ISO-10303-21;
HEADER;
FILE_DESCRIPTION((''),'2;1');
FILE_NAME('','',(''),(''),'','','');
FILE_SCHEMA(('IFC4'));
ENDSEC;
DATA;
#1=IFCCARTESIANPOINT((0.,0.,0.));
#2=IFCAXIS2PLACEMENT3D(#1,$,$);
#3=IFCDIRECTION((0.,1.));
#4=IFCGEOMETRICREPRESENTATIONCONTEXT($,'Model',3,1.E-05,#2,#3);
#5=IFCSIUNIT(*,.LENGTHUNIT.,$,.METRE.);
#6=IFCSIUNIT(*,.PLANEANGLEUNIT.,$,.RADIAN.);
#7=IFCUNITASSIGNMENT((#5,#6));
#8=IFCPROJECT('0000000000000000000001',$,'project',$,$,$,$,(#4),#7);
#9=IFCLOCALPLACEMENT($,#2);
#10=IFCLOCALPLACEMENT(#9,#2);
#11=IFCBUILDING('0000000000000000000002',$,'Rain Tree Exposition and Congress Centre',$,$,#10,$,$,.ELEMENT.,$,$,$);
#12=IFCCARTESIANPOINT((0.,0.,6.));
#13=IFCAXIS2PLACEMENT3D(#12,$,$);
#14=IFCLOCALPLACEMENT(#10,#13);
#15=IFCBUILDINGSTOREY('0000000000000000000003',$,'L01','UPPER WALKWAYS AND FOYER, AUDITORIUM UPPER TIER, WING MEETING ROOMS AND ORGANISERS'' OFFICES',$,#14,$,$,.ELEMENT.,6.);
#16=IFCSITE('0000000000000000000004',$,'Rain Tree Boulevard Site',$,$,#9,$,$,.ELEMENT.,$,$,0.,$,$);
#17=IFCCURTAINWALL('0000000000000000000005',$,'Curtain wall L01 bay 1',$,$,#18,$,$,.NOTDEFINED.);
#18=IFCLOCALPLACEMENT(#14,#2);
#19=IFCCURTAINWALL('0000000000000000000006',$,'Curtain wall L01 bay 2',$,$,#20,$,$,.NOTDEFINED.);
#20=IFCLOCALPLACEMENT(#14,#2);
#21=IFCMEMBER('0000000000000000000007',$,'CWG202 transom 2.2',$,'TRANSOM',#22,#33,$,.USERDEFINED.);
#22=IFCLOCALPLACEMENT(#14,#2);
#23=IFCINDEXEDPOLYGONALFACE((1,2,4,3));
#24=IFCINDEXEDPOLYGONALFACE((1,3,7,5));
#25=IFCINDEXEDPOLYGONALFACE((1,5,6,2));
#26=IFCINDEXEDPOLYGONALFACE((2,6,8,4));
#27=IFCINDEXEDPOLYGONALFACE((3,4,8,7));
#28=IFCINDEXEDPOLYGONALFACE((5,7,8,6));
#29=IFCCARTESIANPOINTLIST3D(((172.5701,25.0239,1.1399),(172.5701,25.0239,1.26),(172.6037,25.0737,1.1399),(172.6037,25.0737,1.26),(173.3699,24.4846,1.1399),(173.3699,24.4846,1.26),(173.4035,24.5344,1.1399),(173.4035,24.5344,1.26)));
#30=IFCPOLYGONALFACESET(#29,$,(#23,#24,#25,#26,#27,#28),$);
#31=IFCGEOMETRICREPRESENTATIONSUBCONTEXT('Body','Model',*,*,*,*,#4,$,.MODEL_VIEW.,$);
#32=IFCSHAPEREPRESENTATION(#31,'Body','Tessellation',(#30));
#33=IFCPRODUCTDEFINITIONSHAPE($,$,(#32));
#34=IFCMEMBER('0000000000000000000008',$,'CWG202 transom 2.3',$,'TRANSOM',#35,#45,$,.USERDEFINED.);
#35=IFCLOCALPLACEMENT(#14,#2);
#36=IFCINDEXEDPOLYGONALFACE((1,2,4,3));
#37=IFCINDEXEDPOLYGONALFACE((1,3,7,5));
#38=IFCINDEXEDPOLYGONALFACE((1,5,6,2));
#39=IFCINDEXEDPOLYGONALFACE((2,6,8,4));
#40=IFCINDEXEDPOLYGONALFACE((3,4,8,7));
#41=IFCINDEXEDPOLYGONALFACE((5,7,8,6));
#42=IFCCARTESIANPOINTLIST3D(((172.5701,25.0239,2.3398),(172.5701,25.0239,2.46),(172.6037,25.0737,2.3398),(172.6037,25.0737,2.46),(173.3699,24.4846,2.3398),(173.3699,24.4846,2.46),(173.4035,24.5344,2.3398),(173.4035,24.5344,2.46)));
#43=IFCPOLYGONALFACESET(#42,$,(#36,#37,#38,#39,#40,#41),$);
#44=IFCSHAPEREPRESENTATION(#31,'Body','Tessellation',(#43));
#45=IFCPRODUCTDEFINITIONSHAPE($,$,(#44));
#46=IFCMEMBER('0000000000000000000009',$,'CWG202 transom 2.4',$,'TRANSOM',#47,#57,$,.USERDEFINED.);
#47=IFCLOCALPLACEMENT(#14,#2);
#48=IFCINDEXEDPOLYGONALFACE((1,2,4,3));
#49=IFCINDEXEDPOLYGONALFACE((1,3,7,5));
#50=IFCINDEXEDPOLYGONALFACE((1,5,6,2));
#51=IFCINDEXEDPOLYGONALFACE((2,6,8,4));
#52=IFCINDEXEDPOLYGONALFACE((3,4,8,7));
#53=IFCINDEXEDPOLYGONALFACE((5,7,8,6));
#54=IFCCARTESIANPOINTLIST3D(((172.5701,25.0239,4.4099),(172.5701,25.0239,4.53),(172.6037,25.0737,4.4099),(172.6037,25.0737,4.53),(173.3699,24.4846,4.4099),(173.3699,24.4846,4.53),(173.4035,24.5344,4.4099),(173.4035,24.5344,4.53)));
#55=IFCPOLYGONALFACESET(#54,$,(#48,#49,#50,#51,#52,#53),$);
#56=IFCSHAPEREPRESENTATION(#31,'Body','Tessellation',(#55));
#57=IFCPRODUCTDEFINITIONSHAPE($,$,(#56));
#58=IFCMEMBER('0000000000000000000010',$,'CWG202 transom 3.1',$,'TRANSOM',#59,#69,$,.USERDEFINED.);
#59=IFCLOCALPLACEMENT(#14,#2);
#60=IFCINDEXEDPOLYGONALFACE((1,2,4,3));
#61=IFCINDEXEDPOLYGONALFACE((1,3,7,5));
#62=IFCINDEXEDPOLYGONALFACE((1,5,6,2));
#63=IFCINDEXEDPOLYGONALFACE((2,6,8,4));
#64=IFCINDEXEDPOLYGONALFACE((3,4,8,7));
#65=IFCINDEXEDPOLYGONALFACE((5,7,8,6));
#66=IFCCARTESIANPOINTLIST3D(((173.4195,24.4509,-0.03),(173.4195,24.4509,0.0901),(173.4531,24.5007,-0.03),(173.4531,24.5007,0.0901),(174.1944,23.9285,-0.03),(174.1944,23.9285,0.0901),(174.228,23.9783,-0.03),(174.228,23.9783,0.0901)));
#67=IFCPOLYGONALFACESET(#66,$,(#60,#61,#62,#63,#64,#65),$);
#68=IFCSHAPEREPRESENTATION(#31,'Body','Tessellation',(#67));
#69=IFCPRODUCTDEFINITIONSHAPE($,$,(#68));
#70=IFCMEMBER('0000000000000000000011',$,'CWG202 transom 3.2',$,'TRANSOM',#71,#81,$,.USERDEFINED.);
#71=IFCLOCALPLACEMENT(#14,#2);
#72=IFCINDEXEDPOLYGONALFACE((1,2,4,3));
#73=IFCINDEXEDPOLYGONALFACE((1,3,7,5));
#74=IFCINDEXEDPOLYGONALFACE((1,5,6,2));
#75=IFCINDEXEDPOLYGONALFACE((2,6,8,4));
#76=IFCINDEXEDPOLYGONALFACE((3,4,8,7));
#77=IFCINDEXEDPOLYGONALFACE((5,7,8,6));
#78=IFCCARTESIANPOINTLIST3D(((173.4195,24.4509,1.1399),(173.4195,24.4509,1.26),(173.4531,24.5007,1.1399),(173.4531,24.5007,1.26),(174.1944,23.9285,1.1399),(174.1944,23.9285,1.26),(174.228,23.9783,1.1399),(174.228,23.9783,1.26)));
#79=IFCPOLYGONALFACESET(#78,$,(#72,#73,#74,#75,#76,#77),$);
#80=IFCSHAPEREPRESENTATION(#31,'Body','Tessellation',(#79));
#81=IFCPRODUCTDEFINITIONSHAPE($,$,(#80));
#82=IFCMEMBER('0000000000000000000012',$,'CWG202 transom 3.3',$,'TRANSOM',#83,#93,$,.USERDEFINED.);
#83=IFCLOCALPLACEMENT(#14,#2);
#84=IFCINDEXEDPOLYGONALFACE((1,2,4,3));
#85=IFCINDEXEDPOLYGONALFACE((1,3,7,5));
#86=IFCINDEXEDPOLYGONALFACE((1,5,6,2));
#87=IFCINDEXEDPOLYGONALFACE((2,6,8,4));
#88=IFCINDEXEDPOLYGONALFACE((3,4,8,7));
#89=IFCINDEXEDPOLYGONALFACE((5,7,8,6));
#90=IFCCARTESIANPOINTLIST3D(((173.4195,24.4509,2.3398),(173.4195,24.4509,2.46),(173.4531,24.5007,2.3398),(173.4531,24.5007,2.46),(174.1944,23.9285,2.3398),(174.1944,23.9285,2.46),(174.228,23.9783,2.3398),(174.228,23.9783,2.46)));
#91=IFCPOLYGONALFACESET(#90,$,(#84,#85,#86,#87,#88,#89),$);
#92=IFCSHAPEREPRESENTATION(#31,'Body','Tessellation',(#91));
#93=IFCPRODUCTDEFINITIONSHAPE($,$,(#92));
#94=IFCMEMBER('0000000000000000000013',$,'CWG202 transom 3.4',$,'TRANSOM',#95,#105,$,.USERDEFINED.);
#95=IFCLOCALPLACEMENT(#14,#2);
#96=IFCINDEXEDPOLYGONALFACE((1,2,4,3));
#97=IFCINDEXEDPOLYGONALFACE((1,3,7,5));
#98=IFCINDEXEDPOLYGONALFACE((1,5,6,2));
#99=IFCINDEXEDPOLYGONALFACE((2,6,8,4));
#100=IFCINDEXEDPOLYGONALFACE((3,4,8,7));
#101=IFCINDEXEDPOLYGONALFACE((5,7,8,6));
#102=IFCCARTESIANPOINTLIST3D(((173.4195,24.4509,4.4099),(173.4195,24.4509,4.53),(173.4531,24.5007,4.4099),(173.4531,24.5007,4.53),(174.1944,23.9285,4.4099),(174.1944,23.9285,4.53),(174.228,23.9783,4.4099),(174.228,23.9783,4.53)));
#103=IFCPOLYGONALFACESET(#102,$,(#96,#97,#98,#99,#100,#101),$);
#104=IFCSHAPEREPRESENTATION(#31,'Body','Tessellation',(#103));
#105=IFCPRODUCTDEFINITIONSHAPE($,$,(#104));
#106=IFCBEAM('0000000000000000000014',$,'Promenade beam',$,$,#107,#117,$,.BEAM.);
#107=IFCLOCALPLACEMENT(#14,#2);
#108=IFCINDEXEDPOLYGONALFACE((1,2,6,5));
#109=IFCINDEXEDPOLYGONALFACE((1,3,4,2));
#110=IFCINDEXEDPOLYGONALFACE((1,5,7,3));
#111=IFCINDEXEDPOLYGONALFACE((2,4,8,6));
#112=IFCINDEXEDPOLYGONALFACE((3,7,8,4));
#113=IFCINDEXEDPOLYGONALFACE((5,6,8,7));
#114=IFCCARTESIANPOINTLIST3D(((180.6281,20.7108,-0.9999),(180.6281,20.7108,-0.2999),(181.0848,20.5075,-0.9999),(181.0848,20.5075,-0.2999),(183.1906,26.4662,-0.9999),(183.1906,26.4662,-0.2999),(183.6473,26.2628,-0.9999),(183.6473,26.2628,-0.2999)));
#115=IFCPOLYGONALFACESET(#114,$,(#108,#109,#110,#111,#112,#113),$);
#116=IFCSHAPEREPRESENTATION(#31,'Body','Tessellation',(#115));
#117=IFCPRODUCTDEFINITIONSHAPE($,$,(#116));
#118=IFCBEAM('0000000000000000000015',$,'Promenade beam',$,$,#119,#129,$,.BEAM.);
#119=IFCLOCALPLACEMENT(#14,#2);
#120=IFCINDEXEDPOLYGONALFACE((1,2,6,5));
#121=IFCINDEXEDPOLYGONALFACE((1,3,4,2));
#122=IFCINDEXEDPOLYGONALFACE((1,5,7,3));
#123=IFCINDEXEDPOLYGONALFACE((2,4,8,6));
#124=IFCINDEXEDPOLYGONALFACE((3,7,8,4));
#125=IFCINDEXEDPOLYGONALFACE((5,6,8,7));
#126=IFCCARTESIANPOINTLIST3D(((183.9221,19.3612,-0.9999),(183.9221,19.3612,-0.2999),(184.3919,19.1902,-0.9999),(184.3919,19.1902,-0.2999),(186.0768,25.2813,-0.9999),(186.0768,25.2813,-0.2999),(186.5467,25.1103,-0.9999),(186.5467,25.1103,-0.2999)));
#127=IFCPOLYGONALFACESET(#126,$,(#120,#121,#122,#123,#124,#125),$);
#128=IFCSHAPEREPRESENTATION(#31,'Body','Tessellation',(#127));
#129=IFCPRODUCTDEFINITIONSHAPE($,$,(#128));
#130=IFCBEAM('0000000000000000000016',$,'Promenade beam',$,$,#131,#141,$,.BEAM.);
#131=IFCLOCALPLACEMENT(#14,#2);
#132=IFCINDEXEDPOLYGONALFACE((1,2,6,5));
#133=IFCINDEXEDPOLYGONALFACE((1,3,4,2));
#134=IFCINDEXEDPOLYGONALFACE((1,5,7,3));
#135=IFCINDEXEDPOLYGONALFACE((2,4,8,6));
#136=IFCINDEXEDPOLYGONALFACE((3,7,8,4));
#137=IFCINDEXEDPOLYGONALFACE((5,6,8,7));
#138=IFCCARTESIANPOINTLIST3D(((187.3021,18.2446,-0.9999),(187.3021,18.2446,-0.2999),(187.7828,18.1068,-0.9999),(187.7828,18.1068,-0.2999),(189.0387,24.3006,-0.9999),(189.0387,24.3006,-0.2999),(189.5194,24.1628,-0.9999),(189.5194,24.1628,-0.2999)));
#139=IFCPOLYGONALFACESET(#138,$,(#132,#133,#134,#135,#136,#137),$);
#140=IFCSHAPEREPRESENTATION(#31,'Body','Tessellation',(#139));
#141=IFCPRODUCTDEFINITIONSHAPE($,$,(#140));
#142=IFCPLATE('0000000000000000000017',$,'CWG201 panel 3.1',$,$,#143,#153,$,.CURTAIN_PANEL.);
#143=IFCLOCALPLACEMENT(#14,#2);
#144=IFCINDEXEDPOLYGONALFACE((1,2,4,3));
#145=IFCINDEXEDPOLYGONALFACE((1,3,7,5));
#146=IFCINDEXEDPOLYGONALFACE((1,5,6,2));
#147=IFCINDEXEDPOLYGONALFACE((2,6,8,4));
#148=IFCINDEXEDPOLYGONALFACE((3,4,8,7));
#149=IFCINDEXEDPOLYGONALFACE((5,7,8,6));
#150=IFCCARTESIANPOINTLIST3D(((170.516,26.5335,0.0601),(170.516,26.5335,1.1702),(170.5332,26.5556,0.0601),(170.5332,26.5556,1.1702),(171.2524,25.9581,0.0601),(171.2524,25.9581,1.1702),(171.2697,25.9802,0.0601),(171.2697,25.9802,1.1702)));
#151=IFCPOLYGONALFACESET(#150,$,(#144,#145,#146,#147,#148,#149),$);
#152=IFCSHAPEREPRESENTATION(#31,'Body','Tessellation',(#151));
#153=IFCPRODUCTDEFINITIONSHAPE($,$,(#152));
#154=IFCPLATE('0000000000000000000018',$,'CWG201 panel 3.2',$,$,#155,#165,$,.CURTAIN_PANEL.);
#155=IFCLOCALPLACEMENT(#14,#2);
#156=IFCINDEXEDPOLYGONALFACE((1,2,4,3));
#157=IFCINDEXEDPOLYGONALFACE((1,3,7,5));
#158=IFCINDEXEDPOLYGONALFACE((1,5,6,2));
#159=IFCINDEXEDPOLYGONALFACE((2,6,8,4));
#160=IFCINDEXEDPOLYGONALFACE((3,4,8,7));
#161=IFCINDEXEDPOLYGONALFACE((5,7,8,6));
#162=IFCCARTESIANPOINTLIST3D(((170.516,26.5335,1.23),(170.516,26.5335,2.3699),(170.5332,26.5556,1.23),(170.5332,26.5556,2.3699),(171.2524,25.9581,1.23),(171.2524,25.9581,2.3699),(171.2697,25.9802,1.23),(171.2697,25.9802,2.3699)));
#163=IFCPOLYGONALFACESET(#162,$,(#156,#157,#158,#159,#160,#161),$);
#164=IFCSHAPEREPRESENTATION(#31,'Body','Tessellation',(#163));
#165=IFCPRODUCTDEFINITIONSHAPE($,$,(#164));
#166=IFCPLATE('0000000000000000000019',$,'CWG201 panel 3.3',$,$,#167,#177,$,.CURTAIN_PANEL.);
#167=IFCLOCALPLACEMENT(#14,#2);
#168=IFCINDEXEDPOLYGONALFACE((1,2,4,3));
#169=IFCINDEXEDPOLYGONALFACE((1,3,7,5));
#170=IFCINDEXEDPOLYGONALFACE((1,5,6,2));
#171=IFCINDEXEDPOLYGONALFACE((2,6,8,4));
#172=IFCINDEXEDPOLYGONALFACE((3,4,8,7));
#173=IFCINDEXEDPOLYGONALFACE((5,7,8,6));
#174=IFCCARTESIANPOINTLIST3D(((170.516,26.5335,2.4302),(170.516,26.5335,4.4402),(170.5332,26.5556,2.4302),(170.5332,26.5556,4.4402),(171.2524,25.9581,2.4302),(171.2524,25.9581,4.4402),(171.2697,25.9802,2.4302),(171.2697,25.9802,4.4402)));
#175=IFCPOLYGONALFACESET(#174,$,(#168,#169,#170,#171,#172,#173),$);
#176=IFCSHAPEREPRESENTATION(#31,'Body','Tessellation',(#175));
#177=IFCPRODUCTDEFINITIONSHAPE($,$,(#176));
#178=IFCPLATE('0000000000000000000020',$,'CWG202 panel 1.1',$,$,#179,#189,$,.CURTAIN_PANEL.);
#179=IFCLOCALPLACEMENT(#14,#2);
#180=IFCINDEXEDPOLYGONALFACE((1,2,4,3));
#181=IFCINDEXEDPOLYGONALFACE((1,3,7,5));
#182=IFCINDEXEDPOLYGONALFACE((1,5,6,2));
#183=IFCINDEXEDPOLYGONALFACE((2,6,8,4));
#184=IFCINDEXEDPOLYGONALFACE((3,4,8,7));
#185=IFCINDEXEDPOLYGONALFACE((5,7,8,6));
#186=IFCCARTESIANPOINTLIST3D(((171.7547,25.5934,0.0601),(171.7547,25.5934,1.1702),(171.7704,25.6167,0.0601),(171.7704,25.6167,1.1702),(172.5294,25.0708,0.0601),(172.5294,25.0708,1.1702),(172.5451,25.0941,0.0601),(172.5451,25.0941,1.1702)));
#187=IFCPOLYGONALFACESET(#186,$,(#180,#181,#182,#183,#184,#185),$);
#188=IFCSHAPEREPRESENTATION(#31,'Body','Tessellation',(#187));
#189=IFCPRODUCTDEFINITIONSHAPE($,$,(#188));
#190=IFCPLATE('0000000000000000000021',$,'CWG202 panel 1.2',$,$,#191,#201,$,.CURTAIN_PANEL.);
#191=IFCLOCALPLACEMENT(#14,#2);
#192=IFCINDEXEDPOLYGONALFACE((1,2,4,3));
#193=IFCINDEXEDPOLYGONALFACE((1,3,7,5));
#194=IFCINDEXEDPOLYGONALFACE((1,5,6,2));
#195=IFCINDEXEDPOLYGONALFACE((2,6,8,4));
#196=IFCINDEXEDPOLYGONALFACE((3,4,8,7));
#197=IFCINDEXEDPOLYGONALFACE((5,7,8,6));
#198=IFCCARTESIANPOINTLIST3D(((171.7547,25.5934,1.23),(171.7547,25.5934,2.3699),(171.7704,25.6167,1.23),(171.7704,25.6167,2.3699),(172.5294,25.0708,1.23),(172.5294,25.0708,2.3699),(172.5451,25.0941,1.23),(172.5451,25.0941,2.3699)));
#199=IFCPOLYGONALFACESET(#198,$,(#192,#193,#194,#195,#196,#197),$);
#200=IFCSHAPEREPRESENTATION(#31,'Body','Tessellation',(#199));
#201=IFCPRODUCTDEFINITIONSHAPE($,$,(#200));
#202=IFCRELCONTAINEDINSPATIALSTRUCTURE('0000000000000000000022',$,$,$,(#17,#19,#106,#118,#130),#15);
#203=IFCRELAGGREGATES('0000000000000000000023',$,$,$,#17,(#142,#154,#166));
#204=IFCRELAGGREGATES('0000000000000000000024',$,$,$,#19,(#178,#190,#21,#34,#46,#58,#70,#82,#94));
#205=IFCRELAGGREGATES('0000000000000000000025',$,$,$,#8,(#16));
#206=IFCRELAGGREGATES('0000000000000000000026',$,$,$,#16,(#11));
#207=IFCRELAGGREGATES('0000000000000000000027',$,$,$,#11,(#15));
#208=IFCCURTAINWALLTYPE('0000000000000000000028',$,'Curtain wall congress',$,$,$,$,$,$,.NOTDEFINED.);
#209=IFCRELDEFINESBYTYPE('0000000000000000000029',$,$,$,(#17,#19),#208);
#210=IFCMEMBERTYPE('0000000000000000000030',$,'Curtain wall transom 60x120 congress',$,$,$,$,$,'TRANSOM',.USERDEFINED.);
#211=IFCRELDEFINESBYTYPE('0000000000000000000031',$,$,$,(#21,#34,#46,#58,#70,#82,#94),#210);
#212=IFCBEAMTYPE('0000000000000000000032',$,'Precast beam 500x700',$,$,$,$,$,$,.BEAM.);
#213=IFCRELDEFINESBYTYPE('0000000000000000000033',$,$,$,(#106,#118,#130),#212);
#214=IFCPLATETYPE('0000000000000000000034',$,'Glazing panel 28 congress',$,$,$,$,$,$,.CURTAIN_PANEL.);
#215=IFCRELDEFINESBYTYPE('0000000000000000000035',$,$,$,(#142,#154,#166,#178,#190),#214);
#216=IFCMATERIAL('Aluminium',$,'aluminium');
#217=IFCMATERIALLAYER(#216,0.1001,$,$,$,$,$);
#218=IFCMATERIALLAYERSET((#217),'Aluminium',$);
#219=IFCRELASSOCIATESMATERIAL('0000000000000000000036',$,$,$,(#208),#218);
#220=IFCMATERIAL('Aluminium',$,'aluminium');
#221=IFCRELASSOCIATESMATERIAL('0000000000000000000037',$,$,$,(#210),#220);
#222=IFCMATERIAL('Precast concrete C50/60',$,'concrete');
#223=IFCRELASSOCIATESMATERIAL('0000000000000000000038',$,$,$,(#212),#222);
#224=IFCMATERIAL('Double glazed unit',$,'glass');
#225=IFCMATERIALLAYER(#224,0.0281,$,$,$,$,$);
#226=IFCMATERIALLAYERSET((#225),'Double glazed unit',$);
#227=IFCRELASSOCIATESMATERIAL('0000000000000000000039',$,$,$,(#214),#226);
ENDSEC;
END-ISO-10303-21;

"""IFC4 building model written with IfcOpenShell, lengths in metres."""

from ifc_helpers import new_model, si_unit, direction, frame, origin, origin_2d, place, context, subcontext, project, spatial, rectangle, extrude, material, layer, layer_set, material_profile, profile_set, type_object, element, aggregate, save


model = new_model("IFC4")

# Units and contexts
model_context = context("Model", 3, precision=1e-05, world=origin(), true_north=direction((0.0, 1.0)))
body_context = subcontext(model_context, "Body", "Model", "MODEL_VIEW")
ifc_project = project(units=[si_unit("LENGTHUNIT", "METRE"), si_unit("PLANEANGLEUNIT", "RADIAN")], contexts=[model_context])

# Site, building, storey
site_placement = place(None, origin())
site = spatial("IfcSite", under=ifc_project, at=site_placement, Name="Rain Tree Boulevard Site", CompositionType="ELEMENT", RefElevation=0.0)
building_placement = place(site_placement, origin())
building = spatial("IfcBuilding", under=site, at=building_placement, Name="Rain Tree Exposition and Congress Centre", CompositionType="ELEMENT")
storey_placement = place(building_placement, frame((0.0, 0.0, 6.0)))
storey = spatial("IfcBuildingStorey", under=building, at=storey_placement, Name="L01", Description="UPPER WALKWAYS AND FOYER, AUDITORIUM UPPER TIER, WING MEETING ROOMS AND ORGANISERS' OFFICES", CompositionType="ELEMENT", Elevation=6.0)

# Curtain wall
ifc_material_1 = material(Name="Aluminium", Category="aluminium")
ifc_layer_1 = layer(ifc_material_1, 0.1001)
ifc_layer_set_1 = layer_set([ifc_layer_1], Name="Aluminium")
curtain_wall_type = type_object("IfcCurtainWallType", Name="Curtain wall congress", PredefinedType="NOTDEFINED", material=ifc_layer_set_1)
curtain_wall_1_placement = place(storey_placement, origin())
curtain_wall_1 = element("IfcCurtainWall", 1, at=curtain_wall_1_placement, inside=storey, type_object=curtain_wall_type, Name="Curtain wall L01 bay 1", PredefinedType="NOTDEFINED")

# Curtain wall
curtain_wall_2_placement = place(storey_placement, origin())
curtain_wall_2 = element("IfcCurtainWall", 2, at=curtain_wall_2_placement, inside=storey, type_object=curtain_wall_type, Name="Curtain wall L01 bay 2", PredefinedType="NOTDEFINED")

# Members
ifc_material_2 = material(Name="Aluminium", Category="aluminium")
ifc_material_profile_1 = material_profile(ifc_material_2, rectangle(XDim=0.0601, YDim=0.1201, at=origin_2d()), Name="AL 60x120")
ifc_profile_set_1 = profile_set([ifc_material_profile_1], Name="Aluminium")
member_type_1 = type_object("IfcMemberType", Name="Curtain wall transom 60x120 congress", ElementType="TRANSOM", PredefinedType="USERDEFINED", material=ifc_profile_set_1)
member_1_placement = place(storey_placement, frame((172.5869, 25.0488, 1.2), z_axis=(0.829119, -0.559073, 0.0), x_axis=(0.559073, 0.829119, 0.0)))
member_1 = element("IfcMember", 3, at=member_1_placement, type_object=member_type_1, Name="CWG202 transom 2.2", ObjectType="TRANSOM", PredefinedType="USERDEFINED", context=body_context, shape_type="SweptSolid", body=[
    extrude(rectangle(XDim=0.0601, YDim=0.1201, at=origin_2d()), origin(), (0.0, 0.0, 1.0), 0.9646),
])
member_2_placement = place(storey_placement, frame((172.5869, 25.0488, 2.3999), z_axis=(0.829119, -0.559073, 0.0), x_axis=(0.559073, 0.829119, 0.0)))
member_2 = element("IfcMember", 4, at=member_2_placement, type_object=member_type_1, Name="CWG202 transom 2.3", ObjectType="TRANSOM", PredefinedType="USERDEFINED", context=body_context, shape_type="SweptSolid", body=[
    extrude(rectangle(XDim=0.0601, YDim=0.1201, at=origin_2d()), origin(), (0.0, 0.0, 1.0), 0.9646),
])
member_3_placement = place(storey_placement, frame((172.5869, 25.0488, 4.47), z_axis=(0.829119, -0.559073, 0.0), x_axis=(0.559073, 0.829119, 0.0)))
member_3 = element("IfcMember", 5, at=member_3_placement, type_object=member_type_1, Name="CWG202 transom 2.4", ObjectType="TRANSOM", PredefinedType="USERDEFINED", context=body_context, shape_type="SweptSolid", body=[
    extrude(rectangle(XDim=0.0601, YDim=0.1201, at=origin_2d()), origin(), (0.0, 0.0, 1.0), 0.9646),
])
member_4_placement = place(storey_placement, frame((173.4363, 24.4758, 0.03), z_axis=(0.829145, -0.559033, 0.0), x_axis=(0.559033, 0.829145, 0.0)))
member_4 = element("IfcMember", 6, at=member_4_placement, type_object=member_type_1, Name="CWG202 transom 3.1", ObjectType="TRANSOM", PredefinedType="USERDEFINED", context=body_context, shape_type="SweptSolid", body=[
    extrude(rectangle(XDim=0.0601, YDim=0.1201, at=origin_2d()), origin(), (0.0, 0.0, 1.0), 0.9346),
])
member_5_placement = place(storey_placement, frame((173.4363, 24.4758, 1.2), z_axis=(0.829145, -0.559033, 0.0), x_axis=(0.559033, 0.829145, 0.0)))
member_5 = element("IfcMember", 7, at=member_5_placement, type_object=member_type_1, Name="CWG202 transom 3.2", ObjectType="TRANSOM", PredefinedType="USERDEFINED", context=body_context, shape_type="SweptSolid", body=[
    extrude(rectangle(XDim=0.0601, YDim=0.1201, at=origin_2d()), origin(), (0.0, 0.0, 1.0), 0.9346),
])
member_6_placement = place(storey_placement, frame((173.4363, 24.4758, 2.3999), z_axis=(0.829145, -0.559033, 0.0), x_axis=(0.559033, 0.829145, 0.0)))
member_6 = element("IfcMember", 8, at=member_6_placement, type_object=member_type_1, Name="CWG202 transom 3.3", ObjectType="TRANSOM", PredefinedType="USERDEFINED", context=body_context, shape_type="SweptSolid", body=[
    extrude(rectangle(XDim=0.0601, YDim=0.1201, at=origin_2d()), origin(), (0.0, 0.0, 1.0), 0.9346),
])
member_7_placement = place(storey_placement, frame((173.4363, 24.4758, 4.47), z_axis=(0.829145, -0.559033, 0.0), x_axis=(0.559033, 0.829145, 0.0)))
member_7 = element("IfcMember", 9, at=member_7_placement, type_object=member_type_1, Name="CWG202 transom 3.4", ObjectType="TRANSOM", PredefinedType="USERDEFINED", context=body_context, shape_type="SweptSolid", body=[
    extrude(rectangle(XDim=0.0601, YDim=0.1201, at=origin_2d()), origin(), (0.0, 0.0, 1.0), 0.9346),
])

# Beams
ifc_material_3 = material(Name="Precast concrete C50/60", Category="concrete")
ifc_material_profile_2 = material_profile(ifc_material_3, rectangle(XDim=0.5, YDim=0.7, at=origin_2d()), Name="RC 500x700")
ifc_profile_set_2 = profile_set([ifc_material_profile_2], Name="Precast concrete C50/60")
beam_type = type_object("IfcBeamType", Name="Precast beam 500x700", PredefinedType="BEAM", material=ifc_profile_set_2)
for number, where, z_axis, x_axis, name in (
    (10, (183.4189, 26.3645, -0.6499), (-0.406742, -0.913543, 0.0), (0.913543, -0.406742, 0.0), "Promenade beam"),
    (11, (186.3118, 25.1958, -0.6499), (-0.342023, -0.939692, 0.0), (0.939692, -0.342023, 0.0), "Promenade beam"),
    (12, (189.2791, 24.2317, -0.6499), (-0.275647, -0.961259, 0.0), (0.961259, -0.275647, 0.0), "Promenade beam"),
):
    element("IfcBeam", number, at=place(storey_placement, frame(where, z_axis=z_axis, x_axis=x_axis)), inside=storey, type_object=beam_type, Name=name, PredefinedType="BEAM", context=body_context, shape_type="SweptSolid", body=[
        extrude(rectangle(XDim=0.5, YDim=0.7, at=origin_2d()), origin(), (0.0, 0.0, 1.0), 6.3),
    ])

# Plates
ifc_material_4 = material(Name="Double glazed unit", Category="glass")
ifc_layer_2 = layer(ifc_material_4, 0.0281)
ifc_layer_set_2 = layer_set([ifc_layer_2], Name="Double glazed unit")
plate_type = type_object("IfcPlateType", Name="Glazing panel 28 congress", PredefinedType="CURTAIN_PANEL", material=ifc_layer_set_2)
plate_1_placement = place(storey_placement, frame((170.8928, 26.2568, 0.0601), z_axis=(0.0, 0.0, 1.0), x_axis=(0.788003, -0.615671, 0.0)))
plate_1 = element("IfcPlate", 13, at=plate_1_placement, type_object=plate_type, Name="CWG201 panel 3.1", PredefinedType="CURTAIN_PANEL", context=body_context, shape_type="SweptSolid", body=[
    extrude(rectangle(XDim=0.9346, YDim=0.0281, at=origin_2d()), origin(), (0.0, 0.0, 1.0), 1.1101),
])
plate_2_placement = place(storey_placement, frame((170.8928, 26.2568, 1.23), z_axis=(0.0, 0.0, 1.0), x_axis=(0.788003, -0.615671, 0.0)))
plate_2 = element("IfcPlate", 14, at=plate_2_placement, type_object=plate_type, Name="CWG201 panel 3.2", PredefinedType="CURTAIN_PANEL", context=body_context, shape_type="SweptSolid", body=[
    extrude(rectangle(XDim=0.9346, YDim=0.0281, at=origin_2d()), origin(), (0.0, 0.0, 1.0), 1.1399),
])
plate_3_placement = place(storey_placement, frame((170.8928, 26.2568, 2.4302), z_axis=(0.0, 0.0, 1.0), x_axis=(0.788003, -0.615671, 0.0)))
plate_3 = element("IfcPlate", 15, at=plate_3_placement, type_object=plate_type, Name="CWG201 panel 3.3", PredefinedType="CURTAIN_PANEL", context=body_context, shape_type="SweptSolid", body=[
    extrude(rectangle(XDim=0.9346, YDim=0.0281, at=origin_2d()), origin(), (0.0, 0.0, 1.0), 2.01),
])
aggregate(curtain_wall_1, [plate_1, plate_2, plate_3])
plate_4_placement = place(storey_placement, frame((172.1499, 25.3438, 0.0601), z_axis=(0.0, 0.0, 1.0), x_axis=(0.829035, -0.559197, 0.0)))
plate_4 = element("IfcPlate", 16, at=plate_4_placement, type_object=plate_type, Name="CWG202 panel 1.1", PredefinedType="CURTAIN_PANEL", context=body_context, shape_type="SweptSolid", body=[
    extrude(rectangle(XDim=0.9346, YDim=0.0281, at=origin_2d()), origin(), (0.0, 0.0, 1.0), 1.1101),
])
plate_5_placement = place(storey_placement, frame((172.1499, 25.3438, 1.23), z_axis=(0.0, 0.0, 1.0), x_axis=(0.829035, -0.559197, 0.0)))
plate_5 = element("IfcPlate", 17, at=plate_5_placement, type_object=plate_type, Name="CWG202 panel 1.2", PredefinedType="CURTAIN_PANEL", context=body_context, shape_type="SweptSolid", body=[
    extrude(rectangle(XDim=0.9346, YDim=0.0281, at=origin_2d()), origin(), (0.0, 0.0, 1.0), 1.1399),
])
aggregate(curtain_wall_2, [plate_4, plate_5, member_1, member_2, member_3, member_4, member_5, member_6, member_7])

save(model, "model.ifc")
